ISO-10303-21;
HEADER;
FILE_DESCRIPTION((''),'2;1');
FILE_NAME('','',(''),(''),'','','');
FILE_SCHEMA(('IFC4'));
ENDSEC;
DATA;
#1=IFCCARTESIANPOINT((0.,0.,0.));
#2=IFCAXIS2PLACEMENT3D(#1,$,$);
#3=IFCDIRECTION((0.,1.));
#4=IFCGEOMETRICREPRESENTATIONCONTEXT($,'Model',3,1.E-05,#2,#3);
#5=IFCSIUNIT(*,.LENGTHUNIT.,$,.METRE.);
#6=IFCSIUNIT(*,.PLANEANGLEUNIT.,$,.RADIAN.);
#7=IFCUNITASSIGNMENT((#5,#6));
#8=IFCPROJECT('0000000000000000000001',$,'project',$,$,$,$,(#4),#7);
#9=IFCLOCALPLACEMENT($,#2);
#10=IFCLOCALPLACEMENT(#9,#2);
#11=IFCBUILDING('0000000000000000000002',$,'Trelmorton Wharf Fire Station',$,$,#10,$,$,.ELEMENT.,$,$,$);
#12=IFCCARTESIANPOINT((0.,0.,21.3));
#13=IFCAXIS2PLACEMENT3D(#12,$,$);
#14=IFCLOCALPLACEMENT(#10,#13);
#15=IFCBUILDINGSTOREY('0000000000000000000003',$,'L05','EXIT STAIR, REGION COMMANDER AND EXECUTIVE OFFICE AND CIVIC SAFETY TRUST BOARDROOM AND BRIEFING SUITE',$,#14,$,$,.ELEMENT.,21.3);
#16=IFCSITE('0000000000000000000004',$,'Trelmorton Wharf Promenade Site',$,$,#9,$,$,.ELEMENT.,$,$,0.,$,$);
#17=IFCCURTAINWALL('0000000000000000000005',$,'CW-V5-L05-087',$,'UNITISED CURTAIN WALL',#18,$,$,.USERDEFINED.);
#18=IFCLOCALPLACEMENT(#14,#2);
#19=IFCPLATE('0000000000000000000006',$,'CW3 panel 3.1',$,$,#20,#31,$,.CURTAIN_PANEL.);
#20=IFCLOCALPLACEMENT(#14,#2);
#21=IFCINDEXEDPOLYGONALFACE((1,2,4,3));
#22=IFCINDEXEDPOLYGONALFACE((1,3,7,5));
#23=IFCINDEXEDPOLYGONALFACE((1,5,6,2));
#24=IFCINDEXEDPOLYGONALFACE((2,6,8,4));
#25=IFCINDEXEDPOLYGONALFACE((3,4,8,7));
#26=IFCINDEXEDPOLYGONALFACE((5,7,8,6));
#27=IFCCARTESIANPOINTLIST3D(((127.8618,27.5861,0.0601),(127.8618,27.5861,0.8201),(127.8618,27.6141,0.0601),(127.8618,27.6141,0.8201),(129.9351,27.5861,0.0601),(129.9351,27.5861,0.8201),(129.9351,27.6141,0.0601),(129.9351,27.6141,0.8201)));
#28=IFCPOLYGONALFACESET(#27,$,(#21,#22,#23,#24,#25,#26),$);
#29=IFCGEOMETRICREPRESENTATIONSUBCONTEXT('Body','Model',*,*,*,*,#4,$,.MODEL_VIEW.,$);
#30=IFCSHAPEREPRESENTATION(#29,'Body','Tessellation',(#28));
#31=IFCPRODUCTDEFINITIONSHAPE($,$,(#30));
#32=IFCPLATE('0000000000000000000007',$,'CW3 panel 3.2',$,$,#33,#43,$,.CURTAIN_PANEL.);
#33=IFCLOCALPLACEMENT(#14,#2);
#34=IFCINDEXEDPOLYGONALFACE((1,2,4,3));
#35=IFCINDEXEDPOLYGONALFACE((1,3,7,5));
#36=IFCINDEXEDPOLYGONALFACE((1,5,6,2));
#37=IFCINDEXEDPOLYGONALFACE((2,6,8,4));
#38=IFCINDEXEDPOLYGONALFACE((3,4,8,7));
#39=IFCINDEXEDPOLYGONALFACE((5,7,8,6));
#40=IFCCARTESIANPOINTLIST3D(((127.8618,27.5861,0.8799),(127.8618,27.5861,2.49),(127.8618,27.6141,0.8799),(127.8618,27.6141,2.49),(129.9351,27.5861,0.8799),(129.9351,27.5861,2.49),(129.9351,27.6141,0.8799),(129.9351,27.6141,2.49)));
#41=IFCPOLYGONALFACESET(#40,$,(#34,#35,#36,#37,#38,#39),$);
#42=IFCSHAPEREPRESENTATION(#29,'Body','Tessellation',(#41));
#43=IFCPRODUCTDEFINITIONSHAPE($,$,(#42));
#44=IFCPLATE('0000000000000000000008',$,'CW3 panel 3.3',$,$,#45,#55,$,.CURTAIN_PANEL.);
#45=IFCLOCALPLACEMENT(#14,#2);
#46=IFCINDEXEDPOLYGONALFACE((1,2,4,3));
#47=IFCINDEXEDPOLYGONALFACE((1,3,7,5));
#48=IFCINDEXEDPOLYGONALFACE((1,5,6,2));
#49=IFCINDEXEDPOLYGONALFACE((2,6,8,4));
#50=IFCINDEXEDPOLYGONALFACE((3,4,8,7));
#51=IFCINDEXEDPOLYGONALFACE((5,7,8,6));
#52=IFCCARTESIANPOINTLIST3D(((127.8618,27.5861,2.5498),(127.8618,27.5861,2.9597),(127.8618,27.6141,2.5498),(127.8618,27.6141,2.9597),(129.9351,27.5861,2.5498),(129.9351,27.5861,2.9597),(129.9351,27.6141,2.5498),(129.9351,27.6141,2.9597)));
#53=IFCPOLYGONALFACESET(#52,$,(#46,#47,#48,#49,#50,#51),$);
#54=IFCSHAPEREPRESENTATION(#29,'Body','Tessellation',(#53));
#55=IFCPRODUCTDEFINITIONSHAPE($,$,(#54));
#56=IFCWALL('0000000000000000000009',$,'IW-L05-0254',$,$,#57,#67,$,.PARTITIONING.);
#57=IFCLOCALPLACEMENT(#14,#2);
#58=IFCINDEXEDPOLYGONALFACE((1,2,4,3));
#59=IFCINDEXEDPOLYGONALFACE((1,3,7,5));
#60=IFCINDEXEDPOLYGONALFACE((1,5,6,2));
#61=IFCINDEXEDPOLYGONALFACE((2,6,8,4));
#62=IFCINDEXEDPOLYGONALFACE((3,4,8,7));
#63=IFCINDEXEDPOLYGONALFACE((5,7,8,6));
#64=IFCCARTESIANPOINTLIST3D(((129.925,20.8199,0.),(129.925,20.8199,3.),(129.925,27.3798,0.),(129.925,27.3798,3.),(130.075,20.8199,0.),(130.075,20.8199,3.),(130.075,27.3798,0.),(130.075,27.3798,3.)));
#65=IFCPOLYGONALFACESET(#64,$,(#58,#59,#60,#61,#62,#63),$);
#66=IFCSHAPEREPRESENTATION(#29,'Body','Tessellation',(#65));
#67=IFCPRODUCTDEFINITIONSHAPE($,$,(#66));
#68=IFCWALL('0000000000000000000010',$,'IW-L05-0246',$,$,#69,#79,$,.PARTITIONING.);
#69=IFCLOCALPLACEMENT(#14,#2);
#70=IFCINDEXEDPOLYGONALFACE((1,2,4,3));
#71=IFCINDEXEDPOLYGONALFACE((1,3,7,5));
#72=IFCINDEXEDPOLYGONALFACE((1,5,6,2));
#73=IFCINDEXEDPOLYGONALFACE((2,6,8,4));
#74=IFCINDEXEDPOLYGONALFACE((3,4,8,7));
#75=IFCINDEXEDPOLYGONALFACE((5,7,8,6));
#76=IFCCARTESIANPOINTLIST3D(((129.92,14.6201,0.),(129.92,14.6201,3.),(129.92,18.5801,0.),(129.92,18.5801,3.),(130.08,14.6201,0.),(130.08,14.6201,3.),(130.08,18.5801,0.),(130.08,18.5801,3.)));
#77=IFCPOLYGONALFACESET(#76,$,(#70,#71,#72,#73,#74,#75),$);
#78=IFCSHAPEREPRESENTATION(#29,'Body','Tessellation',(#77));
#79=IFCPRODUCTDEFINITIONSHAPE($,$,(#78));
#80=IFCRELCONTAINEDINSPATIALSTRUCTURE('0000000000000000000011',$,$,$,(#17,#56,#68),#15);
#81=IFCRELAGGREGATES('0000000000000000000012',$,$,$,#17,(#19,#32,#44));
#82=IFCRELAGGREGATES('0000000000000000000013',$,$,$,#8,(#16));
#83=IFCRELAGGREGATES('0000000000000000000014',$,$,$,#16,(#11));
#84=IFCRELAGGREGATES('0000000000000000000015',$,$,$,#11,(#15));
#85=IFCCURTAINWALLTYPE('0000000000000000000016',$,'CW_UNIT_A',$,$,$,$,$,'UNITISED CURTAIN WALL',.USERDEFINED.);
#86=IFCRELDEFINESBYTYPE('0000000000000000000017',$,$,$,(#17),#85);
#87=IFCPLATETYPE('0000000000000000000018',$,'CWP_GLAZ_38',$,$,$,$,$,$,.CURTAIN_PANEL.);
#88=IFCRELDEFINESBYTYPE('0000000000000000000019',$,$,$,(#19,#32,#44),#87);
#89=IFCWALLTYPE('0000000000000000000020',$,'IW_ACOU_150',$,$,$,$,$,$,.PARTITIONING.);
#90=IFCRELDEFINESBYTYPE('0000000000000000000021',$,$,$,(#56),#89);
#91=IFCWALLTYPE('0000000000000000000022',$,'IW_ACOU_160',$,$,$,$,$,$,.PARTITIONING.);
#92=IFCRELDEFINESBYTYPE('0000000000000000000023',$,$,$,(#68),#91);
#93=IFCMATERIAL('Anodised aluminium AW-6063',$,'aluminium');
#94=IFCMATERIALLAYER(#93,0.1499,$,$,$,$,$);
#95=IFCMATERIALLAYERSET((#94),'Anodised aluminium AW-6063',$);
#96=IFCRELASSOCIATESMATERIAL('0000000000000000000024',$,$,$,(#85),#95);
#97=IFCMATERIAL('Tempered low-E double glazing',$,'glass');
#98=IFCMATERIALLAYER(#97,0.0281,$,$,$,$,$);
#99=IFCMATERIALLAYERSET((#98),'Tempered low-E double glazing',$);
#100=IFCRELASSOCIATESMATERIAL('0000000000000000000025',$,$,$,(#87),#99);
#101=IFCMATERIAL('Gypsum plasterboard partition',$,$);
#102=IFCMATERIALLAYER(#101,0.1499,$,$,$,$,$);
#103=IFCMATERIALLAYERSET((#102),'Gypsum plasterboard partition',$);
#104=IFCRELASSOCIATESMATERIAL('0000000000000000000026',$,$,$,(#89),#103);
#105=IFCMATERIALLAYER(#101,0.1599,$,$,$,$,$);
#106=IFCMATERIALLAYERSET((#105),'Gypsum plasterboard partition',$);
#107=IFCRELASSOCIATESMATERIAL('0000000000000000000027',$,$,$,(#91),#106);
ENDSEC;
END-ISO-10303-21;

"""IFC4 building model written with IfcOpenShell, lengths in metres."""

from ifc_helpers import new_model, si_unit, direction, frame, frame_2d, origin, origin_2d, place, context, subcontext, project, spatial, rectangle, extrude, material, layer, layer_set, type_object, element, aggregate, save


model = new_model("IFC4")

# Units and contexts
model_context = context("Model", 3, precision=1e-05, world=origin(), true_north=direction((0.0, 1.0)))
body_context = subcontext(model_context, "Body", "Model", "MODEL_VIEW")
ifc_project = project(units=[si_unit("LENGTHUNIT", "METRE"), si_unit("PLANEANGLEUNIT", "RADIAN")], contexts=[model_context])

# Site, building, storey
site_placement = place(None, origin())
site = spatial("IfcSite", under=ifc_project, at=site_placement, Name="Trelmorton Wharf Promenade Site", CompositionType="ELEMENT", RefElevation=0.0)
building_placement = place(site_placement, origin())
building = spatial("IfcBuilding", under=site, at=building_placement, Name="Trelmorton Wharf Fire Station", CompositionType="ELEMENT")
storey_placement = place(building_placement, frame((0.0, 0.0, 21.3)))
storey = spatial("IfcBuildingStorey", under=building, at=storey_placement, Name="L05", Description="EXIT STAIR, REGION COMMANDER AND EXECUTIVE OFFICE AND CIVIC SAFETY TRUST BOARDROOM AND BRIEFING SUITE", CompositionType="ELEMENT", Elevation=21.3)

# Curtain wall
ifc_material_1 = material(Name="Anodised aluminium AW-6063", Category="aluminium")
ifc_layer_1 = layer(ifc_material_1, 0.1499)
ifc_layer_set_1 = layer_set([ifc_layer_1], Name="Anodised aluminium AW-6063")
curtain_wall_type = type_object("IfcCurtainWallType", Name="CW_UNIT_A", ElementType="UNITISED CURTAIN WALL", PredefinedType="USERDEFINED", material=ifc_layer_set_1)
curtain_wall_placement = place(storey_placement, origin())
curtain_wall = element("IfcCurtainWall", 1, at=curtain_wall_placement, inside=storey, type_object=curtain_wall_type, Name="CW-V5-L05-087", ObjectType="UNITISED CURTAIN WALL", PredefinedType="USERDEFINED")

# Plates
ifc_material_2 = material(Name="Tempered low-E double glazing", Category="glass")
ifc_layer_2 = layer(ifc_material_2, 0.0281)
ifc_layer_set_2 = layer_set([ifc_layer_2], Name="Tempered low-E double glazing")
plate_type = type_object("IfcPlateType", Name="CWP_GLAZ_38", PredefinedType="CURTAIN_PANEL", material=ifc_layer_set_2)
plate_1_placement = place(storey_placement, frame((128.8984, 27.6001, 0.0601), z_axis=(0.0, 0.0, 1.0), x_axis=(1.0, 0.0, 0.0)))
plate_1 = element("IfcPlate", 2, at=plate_1_placement, type_object=plate_type, Name="CW3 panel 3.1", PredefinedType="CURTAIN_PANEL", context=body_context, shape_type="SweptSolid", body=[
    extrude(rectangle(XDim=2.0732, YDim=0.0281, at=origin_2d()), origin(), (0.0, 0.0, 1.0), 0.76),
])
plate_2_placement = place(storey_placement, frame((128.8984, 27.6001, 0.8799), z_axis=(0.0, 0.0, 1.0), x_axis=(1.0, 0.0, 0.0)))
plate_2 = element("IfcPlate", 3, at=plate_2_placement, type_object=plate_type, Name="CW3 panel 3.2", PredefinedType="CURTAIN_PANEL", context=body_context, shape_type="SweptSolid", body=[
    extrude(rectangle(XDim=2.0732, YDim=0.0281, at=origin_2d()), origin(), (0.0, 0.0, 1.0), 1.6101),
])
plate_3_placement = place(storey_placement, frame((128.8984, 27.6001, 2.5498), z_axis=(0.0, 0.0, 1.0), x_axis=(1.0, 0.0, 0.0)))
plate_3 = element("IfcPlate", 4, at=plate_3_placement, type_object=plate_type, Name="CW3 panel 3.3", PredefinedType="CURTAIN_PANEL", context=body_context, shape_type="SweptSolid", body=[
    extrude(rectangle(XDim=2.0732, YDim=0.0281, at=origin_2d()), origin(), (0.0, 0.0, 1.0), 0.4099),
])
aggregate(curtain_wall, [plate_1, plate_2, plate_3])

# Walls
ifc_material_3 = material(Name="Gypsum plasterboard partition")
ifc_layer_3 = layer(ifc_material_3, 0.1499)
ifc_layer_set_3 = layer_set([ifc_layer_3], Name="Gypsum plasterboard partition")
wall_type_1 = type_object("IfcWallType", Name="IW_ACOU_150", PredefinedType="PARTITIONING", material=ifc_layer_set_3)
wall_1_placement = place(storey_placement, frame((130.0, 20.8201, 0.0), z_axis=(0.0, 0.0, 1.0), x_axis=(0.0, 1.0, 0.0)))
element("IfcWall", 5, at=wall_1_placement, inside=storey, type_object=wall_type_1, Name="IW-L05-0254", PredefinedType="PARTITIONING", context=body_context, shape_type="SweptSolid", body=[
    extrude(rectangle(XDim=6.5598, YDim=0.1499, at=frame_2d((3.2798, 0.0))), origin(), (0.0, 0.0, 1.0), 3.0),
])
ifc_layer_4 = layer(ifc_material_3, 0.1599)
ifc_layer_set_4 = layer_set([ifc_layer_4], Name="Gypsum plasterboard partition")
wall_type_2 = type_object("IfcWallType", Name="IW_ACOU_160", PredefinedType="PARTITIONING", material=ifc_layer_set_4)
wall_2_placement = place(storey_placement, frame((130.0, 14.6201, 0.0), z_axis=(0.0, 0.0, 1.0), x_axis=(0.0, 1.0, 0.0)))
element("IfcWall", 6, at=wall_2_placement, inside=storey, type_object=wall_type_2, Name="IW-L05-0246", PredefinedType="PARTITIONING", context=body_context, shape_type="SweptSolid", body=[
    extrude(rectangle(XDim=3.96, YDim=0.1599, at=frame_2d((1.98, 0.0))), origin(), (0.0, 0.0, 1.0), 3.0),
])

save(model, "model.ifc")
